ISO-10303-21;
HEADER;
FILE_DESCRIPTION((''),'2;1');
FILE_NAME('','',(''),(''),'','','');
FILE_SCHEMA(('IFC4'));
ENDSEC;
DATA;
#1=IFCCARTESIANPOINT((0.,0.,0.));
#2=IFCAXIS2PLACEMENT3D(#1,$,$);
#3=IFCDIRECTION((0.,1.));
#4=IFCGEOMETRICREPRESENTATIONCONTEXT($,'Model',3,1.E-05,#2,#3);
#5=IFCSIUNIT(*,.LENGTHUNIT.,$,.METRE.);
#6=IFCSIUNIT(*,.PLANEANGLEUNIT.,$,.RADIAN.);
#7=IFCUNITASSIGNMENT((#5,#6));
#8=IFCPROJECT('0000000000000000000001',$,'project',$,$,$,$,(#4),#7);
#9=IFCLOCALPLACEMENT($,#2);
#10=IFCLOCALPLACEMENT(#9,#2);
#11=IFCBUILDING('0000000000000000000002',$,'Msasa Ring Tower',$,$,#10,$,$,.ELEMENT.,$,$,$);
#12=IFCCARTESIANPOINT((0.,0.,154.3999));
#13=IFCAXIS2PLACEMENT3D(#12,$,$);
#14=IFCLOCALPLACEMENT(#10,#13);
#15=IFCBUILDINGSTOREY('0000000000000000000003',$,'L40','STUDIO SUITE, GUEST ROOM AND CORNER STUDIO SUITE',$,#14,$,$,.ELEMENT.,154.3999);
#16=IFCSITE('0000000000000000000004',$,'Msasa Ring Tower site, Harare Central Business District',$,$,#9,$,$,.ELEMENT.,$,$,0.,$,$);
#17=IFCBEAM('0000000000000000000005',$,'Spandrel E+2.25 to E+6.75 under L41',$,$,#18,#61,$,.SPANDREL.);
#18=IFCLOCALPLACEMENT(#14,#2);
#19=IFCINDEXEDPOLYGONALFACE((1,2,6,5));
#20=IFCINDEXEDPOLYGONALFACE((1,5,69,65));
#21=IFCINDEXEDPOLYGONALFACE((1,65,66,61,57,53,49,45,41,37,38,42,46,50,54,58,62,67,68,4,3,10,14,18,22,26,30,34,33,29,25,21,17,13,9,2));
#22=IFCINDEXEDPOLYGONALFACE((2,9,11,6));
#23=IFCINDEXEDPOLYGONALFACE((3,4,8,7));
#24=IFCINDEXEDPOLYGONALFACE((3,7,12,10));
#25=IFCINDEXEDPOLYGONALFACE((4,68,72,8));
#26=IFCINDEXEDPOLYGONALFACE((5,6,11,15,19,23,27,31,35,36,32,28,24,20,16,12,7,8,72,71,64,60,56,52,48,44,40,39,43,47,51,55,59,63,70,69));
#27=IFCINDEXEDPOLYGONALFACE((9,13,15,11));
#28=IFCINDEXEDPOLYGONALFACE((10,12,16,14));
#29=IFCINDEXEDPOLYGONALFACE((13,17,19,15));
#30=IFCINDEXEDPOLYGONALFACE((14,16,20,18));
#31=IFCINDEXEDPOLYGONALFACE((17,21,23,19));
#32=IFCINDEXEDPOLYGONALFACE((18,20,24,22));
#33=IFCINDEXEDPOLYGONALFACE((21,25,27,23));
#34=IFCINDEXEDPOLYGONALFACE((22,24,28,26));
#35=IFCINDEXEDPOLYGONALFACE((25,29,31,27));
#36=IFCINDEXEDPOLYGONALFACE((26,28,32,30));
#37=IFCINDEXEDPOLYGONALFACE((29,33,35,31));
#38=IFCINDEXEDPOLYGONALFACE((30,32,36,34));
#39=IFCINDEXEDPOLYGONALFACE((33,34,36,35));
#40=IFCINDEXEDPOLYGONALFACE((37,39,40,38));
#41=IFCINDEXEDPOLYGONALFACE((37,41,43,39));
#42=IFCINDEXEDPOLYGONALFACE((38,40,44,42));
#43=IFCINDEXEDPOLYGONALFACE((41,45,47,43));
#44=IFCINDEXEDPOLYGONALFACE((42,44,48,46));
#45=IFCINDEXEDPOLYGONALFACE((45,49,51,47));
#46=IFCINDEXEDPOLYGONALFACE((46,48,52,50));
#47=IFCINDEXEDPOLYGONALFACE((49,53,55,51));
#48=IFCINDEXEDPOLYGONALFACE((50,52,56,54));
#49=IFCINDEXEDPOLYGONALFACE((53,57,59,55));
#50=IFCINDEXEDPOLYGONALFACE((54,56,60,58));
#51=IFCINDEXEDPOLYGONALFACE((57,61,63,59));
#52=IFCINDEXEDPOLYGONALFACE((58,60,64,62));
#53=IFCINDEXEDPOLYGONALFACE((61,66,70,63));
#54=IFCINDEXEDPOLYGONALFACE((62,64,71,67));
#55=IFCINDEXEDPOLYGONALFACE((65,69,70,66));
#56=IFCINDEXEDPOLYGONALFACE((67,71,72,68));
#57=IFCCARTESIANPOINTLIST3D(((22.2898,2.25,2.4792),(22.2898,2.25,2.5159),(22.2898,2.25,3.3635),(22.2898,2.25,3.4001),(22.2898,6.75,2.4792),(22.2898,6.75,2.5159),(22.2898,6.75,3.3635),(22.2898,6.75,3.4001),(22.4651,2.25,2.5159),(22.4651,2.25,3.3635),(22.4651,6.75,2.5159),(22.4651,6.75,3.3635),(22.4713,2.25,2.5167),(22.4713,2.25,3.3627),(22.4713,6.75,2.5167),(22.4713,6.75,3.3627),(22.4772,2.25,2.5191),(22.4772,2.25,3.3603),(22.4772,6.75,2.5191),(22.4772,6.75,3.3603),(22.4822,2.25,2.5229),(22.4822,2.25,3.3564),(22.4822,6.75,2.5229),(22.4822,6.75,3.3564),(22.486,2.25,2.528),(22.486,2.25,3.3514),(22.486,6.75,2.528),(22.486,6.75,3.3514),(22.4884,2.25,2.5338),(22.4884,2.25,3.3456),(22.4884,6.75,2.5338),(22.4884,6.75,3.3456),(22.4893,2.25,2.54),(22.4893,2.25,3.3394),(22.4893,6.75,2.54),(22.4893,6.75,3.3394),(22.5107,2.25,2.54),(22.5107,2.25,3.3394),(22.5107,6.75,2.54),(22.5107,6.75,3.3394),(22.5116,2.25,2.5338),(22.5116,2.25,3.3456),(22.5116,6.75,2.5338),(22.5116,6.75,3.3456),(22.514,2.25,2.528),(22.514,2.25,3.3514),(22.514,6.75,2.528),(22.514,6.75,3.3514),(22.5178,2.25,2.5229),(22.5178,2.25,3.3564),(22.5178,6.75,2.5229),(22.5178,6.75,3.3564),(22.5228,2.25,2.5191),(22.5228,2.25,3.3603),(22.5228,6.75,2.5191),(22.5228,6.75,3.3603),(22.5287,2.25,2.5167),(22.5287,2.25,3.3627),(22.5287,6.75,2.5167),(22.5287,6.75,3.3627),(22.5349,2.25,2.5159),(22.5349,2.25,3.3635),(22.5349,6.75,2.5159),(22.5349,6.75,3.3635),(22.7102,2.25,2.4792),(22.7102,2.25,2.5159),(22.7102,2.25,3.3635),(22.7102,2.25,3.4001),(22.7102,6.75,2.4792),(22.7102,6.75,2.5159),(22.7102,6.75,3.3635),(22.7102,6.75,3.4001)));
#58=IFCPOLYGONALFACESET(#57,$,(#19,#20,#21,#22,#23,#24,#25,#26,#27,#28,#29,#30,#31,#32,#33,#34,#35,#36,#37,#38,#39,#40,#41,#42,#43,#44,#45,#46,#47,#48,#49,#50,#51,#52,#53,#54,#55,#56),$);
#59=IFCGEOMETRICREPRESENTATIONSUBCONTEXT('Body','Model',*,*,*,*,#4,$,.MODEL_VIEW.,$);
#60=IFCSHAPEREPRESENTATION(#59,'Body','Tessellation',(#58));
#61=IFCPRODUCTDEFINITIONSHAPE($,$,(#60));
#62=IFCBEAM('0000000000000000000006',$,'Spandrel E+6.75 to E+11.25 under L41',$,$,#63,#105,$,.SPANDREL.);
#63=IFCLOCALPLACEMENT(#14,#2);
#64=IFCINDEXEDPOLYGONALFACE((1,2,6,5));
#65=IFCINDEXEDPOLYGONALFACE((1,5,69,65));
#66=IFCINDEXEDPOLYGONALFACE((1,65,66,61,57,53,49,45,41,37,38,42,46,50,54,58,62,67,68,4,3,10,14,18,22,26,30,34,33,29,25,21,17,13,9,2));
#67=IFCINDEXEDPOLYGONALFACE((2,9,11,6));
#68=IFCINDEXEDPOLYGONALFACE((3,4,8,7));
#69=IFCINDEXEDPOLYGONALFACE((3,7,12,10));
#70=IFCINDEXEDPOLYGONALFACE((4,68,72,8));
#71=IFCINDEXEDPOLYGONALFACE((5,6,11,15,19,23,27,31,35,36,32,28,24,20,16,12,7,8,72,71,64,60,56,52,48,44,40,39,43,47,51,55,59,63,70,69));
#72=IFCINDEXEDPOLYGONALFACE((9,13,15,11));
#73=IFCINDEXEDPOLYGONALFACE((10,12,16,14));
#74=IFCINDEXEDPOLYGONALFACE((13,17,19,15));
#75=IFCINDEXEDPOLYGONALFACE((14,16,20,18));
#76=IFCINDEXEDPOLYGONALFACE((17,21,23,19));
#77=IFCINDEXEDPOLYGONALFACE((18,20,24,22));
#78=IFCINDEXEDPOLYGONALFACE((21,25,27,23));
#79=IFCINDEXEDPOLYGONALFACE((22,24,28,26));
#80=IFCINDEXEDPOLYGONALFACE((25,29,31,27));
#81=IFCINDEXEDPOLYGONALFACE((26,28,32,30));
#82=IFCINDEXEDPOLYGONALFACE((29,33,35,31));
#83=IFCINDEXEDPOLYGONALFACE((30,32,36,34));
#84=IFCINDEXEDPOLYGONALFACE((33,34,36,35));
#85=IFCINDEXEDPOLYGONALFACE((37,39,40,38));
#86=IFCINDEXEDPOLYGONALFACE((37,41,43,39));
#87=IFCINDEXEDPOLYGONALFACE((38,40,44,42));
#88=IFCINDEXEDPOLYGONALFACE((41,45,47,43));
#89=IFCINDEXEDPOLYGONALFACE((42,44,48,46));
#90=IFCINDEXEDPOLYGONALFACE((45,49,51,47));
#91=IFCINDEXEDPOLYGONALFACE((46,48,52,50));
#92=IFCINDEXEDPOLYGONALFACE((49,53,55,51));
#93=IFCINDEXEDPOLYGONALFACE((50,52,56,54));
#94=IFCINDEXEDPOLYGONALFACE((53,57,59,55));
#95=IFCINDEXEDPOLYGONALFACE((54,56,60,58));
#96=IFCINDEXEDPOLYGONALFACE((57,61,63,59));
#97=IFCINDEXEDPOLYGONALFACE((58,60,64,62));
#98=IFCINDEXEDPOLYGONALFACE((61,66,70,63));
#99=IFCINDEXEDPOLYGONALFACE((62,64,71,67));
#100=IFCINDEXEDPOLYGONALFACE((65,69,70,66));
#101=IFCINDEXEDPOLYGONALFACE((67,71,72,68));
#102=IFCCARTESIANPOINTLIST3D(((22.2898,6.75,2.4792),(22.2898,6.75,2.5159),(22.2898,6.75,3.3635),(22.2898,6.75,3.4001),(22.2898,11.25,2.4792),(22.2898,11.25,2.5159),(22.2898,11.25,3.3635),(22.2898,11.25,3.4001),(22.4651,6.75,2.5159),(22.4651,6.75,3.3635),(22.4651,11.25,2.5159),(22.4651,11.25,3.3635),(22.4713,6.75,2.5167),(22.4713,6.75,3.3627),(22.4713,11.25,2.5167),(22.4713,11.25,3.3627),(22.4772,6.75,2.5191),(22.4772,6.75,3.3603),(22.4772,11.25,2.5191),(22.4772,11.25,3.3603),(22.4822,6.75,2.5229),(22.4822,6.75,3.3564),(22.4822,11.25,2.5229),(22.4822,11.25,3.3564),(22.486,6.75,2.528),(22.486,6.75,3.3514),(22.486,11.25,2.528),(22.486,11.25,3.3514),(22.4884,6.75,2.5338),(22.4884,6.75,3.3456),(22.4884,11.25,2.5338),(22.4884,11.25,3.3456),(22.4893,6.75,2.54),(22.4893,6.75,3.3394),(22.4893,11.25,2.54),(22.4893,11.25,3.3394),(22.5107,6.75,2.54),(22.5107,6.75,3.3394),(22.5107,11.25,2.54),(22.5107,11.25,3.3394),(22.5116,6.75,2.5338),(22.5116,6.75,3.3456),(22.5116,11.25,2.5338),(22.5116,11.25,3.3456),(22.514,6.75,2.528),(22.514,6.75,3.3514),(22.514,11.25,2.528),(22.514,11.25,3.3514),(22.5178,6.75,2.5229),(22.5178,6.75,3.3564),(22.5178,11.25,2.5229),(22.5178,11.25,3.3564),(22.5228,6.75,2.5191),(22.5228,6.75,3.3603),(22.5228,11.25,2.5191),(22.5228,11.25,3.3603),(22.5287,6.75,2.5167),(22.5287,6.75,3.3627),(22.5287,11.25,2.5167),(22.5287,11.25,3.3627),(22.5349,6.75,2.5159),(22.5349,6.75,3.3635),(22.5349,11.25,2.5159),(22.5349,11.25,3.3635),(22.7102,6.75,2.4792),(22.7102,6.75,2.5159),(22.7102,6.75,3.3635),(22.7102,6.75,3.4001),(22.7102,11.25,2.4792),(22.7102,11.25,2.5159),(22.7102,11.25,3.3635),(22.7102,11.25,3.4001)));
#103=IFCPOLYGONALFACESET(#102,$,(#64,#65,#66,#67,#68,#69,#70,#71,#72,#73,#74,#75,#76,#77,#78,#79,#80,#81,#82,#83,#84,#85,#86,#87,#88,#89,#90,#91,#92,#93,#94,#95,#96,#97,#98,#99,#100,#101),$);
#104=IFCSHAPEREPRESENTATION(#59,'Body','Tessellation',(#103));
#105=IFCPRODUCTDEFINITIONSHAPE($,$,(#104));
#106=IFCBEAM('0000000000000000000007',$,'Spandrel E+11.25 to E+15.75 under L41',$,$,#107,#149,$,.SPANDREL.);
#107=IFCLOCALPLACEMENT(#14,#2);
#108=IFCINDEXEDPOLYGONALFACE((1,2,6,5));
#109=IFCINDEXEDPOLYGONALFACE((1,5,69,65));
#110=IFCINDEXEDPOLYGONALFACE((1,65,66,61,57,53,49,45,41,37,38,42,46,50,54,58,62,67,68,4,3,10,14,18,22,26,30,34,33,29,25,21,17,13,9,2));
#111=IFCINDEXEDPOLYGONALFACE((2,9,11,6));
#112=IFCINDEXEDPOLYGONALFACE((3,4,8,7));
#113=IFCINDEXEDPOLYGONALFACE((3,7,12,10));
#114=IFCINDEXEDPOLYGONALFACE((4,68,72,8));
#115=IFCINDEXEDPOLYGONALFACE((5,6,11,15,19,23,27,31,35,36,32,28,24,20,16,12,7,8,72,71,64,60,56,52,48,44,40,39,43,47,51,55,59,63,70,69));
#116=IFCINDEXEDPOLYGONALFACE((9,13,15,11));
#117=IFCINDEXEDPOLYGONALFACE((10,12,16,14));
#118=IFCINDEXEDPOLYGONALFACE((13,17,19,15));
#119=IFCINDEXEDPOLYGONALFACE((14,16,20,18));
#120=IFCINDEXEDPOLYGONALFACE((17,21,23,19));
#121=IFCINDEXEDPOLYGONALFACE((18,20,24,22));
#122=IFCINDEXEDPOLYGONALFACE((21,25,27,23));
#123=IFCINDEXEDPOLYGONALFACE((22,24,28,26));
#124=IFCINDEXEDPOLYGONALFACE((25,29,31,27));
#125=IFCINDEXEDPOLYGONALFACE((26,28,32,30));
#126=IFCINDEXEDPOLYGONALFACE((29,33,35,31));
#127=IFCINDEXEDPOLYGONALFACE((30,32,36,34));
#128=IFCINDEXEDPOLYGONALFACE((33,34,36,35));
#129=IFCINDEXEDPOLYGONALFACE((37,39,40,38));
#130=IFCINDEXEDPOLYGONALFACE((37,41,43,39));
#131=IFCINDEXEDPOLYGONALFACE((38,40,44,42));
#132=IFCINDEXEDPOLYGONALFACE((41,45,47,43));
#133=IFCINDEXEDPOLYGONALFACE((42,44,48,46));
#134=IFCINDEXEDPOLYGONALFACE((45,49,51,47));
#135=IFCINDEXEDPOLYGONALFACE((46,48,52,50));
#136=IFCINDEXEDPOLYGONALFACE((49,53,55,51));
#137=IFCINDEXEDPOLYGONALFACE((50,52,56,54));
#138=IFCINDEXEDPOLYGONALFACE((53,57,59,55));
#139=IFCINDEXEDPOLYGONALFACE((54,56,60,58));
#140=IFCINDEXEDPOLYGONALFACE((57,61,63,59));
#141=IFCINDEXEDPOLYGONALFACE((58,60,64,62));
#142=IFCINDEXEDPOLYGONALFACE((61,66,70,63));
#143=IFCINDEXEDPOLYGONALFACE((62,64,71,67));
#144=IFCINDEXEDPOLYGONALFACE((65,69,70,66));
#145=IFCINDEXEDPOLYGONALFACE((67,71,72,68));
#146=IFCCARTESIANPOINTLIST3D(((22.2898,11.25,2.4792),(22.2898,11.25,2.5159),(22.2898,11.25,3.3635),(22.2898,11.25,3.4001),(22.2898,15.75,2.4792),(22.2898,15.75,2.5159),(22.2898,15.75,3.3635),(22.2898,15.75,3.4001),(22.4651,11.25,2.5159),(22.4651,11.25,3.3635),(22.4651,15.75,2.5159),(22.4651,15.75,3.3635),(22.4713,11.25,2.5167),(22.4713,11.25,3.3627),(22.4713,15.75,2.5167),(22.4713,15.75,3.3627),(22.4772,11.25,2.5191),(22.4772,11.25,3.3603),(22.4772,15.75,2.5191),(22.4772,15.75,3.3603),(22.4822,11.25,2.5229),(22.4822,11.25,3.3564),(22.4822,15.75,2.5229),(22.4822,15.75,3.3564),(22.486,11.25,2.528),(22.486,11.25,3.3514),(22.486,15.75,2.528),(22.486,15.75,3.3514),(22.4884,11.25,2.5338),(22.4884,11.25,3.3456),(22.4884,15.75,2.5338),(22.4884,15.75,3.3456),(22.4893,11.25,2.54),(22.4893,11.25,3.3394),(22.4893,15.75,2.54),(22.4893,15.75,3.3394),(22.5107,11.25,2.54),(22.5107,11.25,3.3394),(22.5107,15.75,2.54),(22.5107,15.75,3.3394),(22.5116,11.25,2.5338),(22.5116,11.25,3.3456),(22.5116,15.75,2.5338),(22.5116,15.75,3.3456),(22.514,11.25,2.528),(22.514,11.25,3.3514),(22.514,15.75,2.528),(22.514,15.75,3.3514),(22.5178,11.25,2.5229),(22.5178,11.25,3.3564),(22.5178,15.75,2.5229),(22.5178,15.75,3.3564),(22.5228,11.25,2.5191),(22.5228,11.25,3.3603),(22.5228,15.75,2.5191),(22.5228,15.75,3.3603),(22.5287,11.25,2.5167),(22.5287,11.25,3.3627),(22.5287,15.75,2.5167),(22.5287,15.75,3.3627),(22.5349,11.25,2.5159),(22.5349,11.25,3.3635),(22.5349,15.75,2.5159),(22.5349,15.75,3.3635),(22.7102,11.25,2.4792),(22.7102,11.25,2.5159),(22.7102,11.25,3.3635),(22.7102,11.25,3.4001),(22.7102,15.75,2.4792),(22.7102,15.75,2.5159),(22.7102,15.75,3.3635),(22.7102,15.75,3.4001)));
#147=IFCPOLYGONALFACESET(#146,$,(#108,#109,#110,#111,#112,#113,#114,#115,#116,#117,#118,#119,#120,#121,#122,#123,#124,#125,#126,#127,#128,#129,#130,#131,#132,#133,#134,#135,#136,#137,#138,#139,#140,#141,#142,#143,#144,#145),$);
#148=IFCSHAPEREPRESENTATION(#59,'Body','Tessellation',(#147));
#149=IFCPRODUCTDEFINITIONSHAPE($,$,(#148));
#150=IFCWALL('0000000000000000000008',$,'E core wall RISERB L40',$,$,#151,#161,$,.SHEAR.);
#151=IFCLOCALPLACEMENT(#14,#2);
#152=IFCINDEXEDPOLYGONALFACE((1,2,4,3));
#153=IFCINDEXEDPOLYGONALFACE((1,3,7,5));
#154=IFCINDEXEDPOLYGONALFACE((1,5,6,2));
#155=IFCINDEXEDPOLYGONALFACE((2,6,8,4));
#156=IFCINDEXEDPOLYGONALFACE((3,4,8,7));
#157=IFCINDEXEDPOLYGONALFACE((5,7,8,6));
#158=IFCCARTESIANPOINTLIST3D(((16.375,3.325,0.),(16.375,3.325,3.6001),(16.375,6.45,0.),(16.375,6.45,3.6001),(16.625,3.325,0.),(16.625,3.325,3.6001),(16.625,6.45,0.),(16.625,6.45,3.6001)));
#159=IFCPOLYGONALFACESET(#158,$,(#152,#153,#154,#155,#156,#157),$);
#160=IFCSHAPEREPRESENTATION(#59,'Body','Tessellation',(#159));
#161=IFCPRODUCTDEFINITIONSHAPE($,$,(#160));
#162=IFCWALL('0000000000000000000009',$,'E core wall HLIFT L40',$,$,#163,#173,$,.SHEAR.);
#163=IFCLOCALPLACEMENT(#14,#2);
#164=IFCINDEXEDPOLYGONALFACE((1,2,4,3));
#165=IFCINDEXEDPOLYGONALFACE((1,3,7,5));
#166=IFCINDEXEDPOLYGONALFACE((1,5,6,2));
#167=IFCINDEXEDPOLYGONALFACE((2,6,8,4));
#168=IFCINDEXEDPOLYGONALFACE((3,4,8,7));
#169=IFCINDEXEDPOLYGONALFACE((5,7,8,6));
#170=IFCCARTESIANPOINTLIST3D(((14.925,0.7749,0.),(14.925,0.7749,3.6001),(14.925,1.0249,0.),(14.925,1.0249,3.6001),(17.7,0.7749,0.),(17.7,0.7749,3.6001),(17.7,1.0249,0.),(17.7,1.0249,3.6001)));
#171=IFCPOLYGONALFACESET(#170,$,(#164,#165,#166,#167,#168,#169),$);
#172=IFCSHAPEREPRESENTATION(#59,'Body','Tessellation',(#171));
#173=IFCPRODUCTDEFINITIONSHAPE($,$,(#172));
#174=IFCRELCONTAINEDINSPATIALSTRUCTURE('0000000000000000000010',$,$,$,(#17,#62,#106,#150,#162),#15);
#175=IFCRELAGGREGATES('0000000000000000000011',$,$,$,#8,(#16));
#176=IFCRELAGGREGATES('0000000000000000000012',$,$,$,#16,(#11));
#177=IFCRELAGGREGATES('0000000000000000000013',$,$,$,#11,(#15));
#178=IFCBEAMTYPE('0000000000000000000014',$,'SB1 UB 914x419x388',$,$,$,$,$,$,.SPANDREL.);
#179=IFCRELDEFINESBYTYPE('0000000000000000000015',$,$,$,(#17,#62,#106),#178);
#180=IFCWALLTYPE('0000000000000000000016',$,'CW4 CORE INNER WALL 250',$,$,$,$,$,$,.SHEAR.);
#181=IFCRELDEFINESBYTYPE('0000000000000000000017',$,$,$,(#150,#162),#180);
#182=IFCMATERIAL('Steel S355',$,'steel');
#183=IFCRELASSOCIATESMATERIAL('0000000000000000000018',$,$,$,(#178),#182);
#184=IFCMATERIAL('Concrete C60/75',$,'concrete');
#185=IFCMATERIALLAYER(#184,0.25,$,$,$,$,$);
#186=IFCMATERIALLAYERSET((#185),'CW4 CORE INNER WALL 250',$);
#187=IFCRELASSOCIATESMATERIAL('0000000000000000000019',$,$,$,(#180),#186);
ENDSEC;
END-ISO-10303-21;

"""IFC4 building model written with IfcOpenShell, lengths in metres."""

from ifc_helpers import new_model, si_unit, direction, frame, frame_2d, origin, origin_2d, place, context, subcontext, project, spatial, rectangle, i_section, extrude, material, layer, layer_set, material_profile, profile_set, type_object, element, save


model = new_model("IFC4")

# Units and contexts
model_context = context("Model", 3, precision=1e-05, world=origin(), true_north=direction((0.0, 1.0)))
body_context = subcontext(model_context, "Body", "Model", "MODEL_VIEW")
ifc_project = project(units=[si_unit("LENGTHUNIT", "METRE"), si_unit("PLANEANGLEUNIT", "RADIAN")], contexts=[model_context])

# Site, building, storey
site_placement = place(None, origin())
site = spatial("IfcSite", under=ifc_project, at=site_placement, Name="Msasa Ring Tower site, Harare Central Business District", CompositionType="ELEMENT", RefElevation=0.0)
building_placement = place(site_placement, origin())
building = spatial("IfcBuilding", under=site, at=building_placement, Name="Msasa Ring Tower", CompositionType="ELEMENT")
storey_placement = place(building_placement, frame((0.0, 0.0, 154.3999)))
storey = spatial("IfcBuildingStorey", under=building, at=storey_placement, Name="L40", Description="STUDIO SUITE, GUEST ROOM AND CORNER STUDIO SUITE", CompositionType="ELEMENT", Elevation=154.3999)

# Beams
ifc_material_1 = material(Name="Steel S355", Category="steel")
ifc_material_profile_1 = material_profile(ifc_material_1, i_section(OverallWidth=0.4204, OverallDepth=0.9209, WebThickness=0.0215, FlangeThickness=0.0366, FilletRadius=0.0242, at=origin_2d()), Name="UB 914x419x388")
ifc_profile_set_1 = profile_set([ifc_material_profile_1], Name="Steel S355")
beam_type_1 = type_object("IfcBeamType", Name="SB1 UB 914x419x388", PredefinedType="SPANDREL", material=ifc_profile_set_1)
for number, where, z_axis, x_axis, name in (
    (1, (22.5, 2.25, 2.9397), (0.0, 1.0, 0.0), (-1.0, 0.0, 0.0), "Spandrel E+2.25 to E+6.75 under L41"),
    (2, (22.5, 6.75, 2.9397), (0.0, 1.0, 0.0), (-1.0, 0.0, 0.0), "Spandrel E+6.75 to E+11.25 under L41"),
    (3, (22.5, 11.25, 2.9397), (0.0, 1.0, 0.0), (-1.0, 0.0, 0.0), "Spandrel E+11.25 to E+15.75 under L41"),
):
    element("IfcBeam", number, at=place(storey_placement, frame(where, z_axis=z_axis, x_axis=x_axis)), inside=storey, type_object=beam_type_1, Name=name, PredefinedType="SPANDREL", context=body_context, shape_type="SweptSolid", body=[
        extrude(i_section(OverallWidth=0.4204, OverallDepth=0.9209, WebThickness=0.0215, FlangeThickness=0.0366, FilletRadius=0.0242, at=origin_2d()), origin(), (0.0, 0.0, 1.0), 4.5),
    ])

# Walls
ifc_material_2 = material(Name="Concrete C60/75", Category="concrete")
ifc_layer_1 = layer(ifc_material_2, 0.25)
ifc_layer_set_1 = layer_set([ifc_layer_1], Name="CW4 CORE INNER WALL 250")
wall_type_1 = type_object("IfcWallType", Name="CW4 CORE INNER WALL 250", PredefinedType="SHEAR", material=ifc_layer_set_1)
wall_1_placement = place(storey_placement, frame((16.5, 3.325, 0.0), z_axis=(0.0, 0.0, 1.0), x_axis=(0.0, 1.0, 0.0)))
element("IfcWall", 4, at=wall_1_placement, inside=storey, type_object=wall_type_1, Name="E core wall RISERB L40", PredefinedType="SHEAR", context=body_context, shape_type="SweptSolid", body=[
    extrude(rectangle(XDim=3.125, YDim=0.25, at=frame_2d((1.5625, 0.0))), origin(), (0.0, 0.0, 1.0), 3.6001),
])
wall_2_placement = place(storey_placement, frame((14.925, 0.8999, 0.0), z_axis=(0.0, 0.0, 1.0), x_axis=(1.0, 0.0, 0.0)))
element("IfcWall", 5, at=wall_2_placement, inside=storey, type_object=wall_type_1, Name="E core wall HLIFT L40", PredefinedType="SHEAR", context=body_context, shape_type="SweptSolid", body=[
    extrude(rectangle(XDim=2.7749, YDim=0.25, at=frame_2d((1.3875, 0.0))), origin(), (0.0, 0.0, 1.0), 3.6001),
])

save(model, "model.ifc")
